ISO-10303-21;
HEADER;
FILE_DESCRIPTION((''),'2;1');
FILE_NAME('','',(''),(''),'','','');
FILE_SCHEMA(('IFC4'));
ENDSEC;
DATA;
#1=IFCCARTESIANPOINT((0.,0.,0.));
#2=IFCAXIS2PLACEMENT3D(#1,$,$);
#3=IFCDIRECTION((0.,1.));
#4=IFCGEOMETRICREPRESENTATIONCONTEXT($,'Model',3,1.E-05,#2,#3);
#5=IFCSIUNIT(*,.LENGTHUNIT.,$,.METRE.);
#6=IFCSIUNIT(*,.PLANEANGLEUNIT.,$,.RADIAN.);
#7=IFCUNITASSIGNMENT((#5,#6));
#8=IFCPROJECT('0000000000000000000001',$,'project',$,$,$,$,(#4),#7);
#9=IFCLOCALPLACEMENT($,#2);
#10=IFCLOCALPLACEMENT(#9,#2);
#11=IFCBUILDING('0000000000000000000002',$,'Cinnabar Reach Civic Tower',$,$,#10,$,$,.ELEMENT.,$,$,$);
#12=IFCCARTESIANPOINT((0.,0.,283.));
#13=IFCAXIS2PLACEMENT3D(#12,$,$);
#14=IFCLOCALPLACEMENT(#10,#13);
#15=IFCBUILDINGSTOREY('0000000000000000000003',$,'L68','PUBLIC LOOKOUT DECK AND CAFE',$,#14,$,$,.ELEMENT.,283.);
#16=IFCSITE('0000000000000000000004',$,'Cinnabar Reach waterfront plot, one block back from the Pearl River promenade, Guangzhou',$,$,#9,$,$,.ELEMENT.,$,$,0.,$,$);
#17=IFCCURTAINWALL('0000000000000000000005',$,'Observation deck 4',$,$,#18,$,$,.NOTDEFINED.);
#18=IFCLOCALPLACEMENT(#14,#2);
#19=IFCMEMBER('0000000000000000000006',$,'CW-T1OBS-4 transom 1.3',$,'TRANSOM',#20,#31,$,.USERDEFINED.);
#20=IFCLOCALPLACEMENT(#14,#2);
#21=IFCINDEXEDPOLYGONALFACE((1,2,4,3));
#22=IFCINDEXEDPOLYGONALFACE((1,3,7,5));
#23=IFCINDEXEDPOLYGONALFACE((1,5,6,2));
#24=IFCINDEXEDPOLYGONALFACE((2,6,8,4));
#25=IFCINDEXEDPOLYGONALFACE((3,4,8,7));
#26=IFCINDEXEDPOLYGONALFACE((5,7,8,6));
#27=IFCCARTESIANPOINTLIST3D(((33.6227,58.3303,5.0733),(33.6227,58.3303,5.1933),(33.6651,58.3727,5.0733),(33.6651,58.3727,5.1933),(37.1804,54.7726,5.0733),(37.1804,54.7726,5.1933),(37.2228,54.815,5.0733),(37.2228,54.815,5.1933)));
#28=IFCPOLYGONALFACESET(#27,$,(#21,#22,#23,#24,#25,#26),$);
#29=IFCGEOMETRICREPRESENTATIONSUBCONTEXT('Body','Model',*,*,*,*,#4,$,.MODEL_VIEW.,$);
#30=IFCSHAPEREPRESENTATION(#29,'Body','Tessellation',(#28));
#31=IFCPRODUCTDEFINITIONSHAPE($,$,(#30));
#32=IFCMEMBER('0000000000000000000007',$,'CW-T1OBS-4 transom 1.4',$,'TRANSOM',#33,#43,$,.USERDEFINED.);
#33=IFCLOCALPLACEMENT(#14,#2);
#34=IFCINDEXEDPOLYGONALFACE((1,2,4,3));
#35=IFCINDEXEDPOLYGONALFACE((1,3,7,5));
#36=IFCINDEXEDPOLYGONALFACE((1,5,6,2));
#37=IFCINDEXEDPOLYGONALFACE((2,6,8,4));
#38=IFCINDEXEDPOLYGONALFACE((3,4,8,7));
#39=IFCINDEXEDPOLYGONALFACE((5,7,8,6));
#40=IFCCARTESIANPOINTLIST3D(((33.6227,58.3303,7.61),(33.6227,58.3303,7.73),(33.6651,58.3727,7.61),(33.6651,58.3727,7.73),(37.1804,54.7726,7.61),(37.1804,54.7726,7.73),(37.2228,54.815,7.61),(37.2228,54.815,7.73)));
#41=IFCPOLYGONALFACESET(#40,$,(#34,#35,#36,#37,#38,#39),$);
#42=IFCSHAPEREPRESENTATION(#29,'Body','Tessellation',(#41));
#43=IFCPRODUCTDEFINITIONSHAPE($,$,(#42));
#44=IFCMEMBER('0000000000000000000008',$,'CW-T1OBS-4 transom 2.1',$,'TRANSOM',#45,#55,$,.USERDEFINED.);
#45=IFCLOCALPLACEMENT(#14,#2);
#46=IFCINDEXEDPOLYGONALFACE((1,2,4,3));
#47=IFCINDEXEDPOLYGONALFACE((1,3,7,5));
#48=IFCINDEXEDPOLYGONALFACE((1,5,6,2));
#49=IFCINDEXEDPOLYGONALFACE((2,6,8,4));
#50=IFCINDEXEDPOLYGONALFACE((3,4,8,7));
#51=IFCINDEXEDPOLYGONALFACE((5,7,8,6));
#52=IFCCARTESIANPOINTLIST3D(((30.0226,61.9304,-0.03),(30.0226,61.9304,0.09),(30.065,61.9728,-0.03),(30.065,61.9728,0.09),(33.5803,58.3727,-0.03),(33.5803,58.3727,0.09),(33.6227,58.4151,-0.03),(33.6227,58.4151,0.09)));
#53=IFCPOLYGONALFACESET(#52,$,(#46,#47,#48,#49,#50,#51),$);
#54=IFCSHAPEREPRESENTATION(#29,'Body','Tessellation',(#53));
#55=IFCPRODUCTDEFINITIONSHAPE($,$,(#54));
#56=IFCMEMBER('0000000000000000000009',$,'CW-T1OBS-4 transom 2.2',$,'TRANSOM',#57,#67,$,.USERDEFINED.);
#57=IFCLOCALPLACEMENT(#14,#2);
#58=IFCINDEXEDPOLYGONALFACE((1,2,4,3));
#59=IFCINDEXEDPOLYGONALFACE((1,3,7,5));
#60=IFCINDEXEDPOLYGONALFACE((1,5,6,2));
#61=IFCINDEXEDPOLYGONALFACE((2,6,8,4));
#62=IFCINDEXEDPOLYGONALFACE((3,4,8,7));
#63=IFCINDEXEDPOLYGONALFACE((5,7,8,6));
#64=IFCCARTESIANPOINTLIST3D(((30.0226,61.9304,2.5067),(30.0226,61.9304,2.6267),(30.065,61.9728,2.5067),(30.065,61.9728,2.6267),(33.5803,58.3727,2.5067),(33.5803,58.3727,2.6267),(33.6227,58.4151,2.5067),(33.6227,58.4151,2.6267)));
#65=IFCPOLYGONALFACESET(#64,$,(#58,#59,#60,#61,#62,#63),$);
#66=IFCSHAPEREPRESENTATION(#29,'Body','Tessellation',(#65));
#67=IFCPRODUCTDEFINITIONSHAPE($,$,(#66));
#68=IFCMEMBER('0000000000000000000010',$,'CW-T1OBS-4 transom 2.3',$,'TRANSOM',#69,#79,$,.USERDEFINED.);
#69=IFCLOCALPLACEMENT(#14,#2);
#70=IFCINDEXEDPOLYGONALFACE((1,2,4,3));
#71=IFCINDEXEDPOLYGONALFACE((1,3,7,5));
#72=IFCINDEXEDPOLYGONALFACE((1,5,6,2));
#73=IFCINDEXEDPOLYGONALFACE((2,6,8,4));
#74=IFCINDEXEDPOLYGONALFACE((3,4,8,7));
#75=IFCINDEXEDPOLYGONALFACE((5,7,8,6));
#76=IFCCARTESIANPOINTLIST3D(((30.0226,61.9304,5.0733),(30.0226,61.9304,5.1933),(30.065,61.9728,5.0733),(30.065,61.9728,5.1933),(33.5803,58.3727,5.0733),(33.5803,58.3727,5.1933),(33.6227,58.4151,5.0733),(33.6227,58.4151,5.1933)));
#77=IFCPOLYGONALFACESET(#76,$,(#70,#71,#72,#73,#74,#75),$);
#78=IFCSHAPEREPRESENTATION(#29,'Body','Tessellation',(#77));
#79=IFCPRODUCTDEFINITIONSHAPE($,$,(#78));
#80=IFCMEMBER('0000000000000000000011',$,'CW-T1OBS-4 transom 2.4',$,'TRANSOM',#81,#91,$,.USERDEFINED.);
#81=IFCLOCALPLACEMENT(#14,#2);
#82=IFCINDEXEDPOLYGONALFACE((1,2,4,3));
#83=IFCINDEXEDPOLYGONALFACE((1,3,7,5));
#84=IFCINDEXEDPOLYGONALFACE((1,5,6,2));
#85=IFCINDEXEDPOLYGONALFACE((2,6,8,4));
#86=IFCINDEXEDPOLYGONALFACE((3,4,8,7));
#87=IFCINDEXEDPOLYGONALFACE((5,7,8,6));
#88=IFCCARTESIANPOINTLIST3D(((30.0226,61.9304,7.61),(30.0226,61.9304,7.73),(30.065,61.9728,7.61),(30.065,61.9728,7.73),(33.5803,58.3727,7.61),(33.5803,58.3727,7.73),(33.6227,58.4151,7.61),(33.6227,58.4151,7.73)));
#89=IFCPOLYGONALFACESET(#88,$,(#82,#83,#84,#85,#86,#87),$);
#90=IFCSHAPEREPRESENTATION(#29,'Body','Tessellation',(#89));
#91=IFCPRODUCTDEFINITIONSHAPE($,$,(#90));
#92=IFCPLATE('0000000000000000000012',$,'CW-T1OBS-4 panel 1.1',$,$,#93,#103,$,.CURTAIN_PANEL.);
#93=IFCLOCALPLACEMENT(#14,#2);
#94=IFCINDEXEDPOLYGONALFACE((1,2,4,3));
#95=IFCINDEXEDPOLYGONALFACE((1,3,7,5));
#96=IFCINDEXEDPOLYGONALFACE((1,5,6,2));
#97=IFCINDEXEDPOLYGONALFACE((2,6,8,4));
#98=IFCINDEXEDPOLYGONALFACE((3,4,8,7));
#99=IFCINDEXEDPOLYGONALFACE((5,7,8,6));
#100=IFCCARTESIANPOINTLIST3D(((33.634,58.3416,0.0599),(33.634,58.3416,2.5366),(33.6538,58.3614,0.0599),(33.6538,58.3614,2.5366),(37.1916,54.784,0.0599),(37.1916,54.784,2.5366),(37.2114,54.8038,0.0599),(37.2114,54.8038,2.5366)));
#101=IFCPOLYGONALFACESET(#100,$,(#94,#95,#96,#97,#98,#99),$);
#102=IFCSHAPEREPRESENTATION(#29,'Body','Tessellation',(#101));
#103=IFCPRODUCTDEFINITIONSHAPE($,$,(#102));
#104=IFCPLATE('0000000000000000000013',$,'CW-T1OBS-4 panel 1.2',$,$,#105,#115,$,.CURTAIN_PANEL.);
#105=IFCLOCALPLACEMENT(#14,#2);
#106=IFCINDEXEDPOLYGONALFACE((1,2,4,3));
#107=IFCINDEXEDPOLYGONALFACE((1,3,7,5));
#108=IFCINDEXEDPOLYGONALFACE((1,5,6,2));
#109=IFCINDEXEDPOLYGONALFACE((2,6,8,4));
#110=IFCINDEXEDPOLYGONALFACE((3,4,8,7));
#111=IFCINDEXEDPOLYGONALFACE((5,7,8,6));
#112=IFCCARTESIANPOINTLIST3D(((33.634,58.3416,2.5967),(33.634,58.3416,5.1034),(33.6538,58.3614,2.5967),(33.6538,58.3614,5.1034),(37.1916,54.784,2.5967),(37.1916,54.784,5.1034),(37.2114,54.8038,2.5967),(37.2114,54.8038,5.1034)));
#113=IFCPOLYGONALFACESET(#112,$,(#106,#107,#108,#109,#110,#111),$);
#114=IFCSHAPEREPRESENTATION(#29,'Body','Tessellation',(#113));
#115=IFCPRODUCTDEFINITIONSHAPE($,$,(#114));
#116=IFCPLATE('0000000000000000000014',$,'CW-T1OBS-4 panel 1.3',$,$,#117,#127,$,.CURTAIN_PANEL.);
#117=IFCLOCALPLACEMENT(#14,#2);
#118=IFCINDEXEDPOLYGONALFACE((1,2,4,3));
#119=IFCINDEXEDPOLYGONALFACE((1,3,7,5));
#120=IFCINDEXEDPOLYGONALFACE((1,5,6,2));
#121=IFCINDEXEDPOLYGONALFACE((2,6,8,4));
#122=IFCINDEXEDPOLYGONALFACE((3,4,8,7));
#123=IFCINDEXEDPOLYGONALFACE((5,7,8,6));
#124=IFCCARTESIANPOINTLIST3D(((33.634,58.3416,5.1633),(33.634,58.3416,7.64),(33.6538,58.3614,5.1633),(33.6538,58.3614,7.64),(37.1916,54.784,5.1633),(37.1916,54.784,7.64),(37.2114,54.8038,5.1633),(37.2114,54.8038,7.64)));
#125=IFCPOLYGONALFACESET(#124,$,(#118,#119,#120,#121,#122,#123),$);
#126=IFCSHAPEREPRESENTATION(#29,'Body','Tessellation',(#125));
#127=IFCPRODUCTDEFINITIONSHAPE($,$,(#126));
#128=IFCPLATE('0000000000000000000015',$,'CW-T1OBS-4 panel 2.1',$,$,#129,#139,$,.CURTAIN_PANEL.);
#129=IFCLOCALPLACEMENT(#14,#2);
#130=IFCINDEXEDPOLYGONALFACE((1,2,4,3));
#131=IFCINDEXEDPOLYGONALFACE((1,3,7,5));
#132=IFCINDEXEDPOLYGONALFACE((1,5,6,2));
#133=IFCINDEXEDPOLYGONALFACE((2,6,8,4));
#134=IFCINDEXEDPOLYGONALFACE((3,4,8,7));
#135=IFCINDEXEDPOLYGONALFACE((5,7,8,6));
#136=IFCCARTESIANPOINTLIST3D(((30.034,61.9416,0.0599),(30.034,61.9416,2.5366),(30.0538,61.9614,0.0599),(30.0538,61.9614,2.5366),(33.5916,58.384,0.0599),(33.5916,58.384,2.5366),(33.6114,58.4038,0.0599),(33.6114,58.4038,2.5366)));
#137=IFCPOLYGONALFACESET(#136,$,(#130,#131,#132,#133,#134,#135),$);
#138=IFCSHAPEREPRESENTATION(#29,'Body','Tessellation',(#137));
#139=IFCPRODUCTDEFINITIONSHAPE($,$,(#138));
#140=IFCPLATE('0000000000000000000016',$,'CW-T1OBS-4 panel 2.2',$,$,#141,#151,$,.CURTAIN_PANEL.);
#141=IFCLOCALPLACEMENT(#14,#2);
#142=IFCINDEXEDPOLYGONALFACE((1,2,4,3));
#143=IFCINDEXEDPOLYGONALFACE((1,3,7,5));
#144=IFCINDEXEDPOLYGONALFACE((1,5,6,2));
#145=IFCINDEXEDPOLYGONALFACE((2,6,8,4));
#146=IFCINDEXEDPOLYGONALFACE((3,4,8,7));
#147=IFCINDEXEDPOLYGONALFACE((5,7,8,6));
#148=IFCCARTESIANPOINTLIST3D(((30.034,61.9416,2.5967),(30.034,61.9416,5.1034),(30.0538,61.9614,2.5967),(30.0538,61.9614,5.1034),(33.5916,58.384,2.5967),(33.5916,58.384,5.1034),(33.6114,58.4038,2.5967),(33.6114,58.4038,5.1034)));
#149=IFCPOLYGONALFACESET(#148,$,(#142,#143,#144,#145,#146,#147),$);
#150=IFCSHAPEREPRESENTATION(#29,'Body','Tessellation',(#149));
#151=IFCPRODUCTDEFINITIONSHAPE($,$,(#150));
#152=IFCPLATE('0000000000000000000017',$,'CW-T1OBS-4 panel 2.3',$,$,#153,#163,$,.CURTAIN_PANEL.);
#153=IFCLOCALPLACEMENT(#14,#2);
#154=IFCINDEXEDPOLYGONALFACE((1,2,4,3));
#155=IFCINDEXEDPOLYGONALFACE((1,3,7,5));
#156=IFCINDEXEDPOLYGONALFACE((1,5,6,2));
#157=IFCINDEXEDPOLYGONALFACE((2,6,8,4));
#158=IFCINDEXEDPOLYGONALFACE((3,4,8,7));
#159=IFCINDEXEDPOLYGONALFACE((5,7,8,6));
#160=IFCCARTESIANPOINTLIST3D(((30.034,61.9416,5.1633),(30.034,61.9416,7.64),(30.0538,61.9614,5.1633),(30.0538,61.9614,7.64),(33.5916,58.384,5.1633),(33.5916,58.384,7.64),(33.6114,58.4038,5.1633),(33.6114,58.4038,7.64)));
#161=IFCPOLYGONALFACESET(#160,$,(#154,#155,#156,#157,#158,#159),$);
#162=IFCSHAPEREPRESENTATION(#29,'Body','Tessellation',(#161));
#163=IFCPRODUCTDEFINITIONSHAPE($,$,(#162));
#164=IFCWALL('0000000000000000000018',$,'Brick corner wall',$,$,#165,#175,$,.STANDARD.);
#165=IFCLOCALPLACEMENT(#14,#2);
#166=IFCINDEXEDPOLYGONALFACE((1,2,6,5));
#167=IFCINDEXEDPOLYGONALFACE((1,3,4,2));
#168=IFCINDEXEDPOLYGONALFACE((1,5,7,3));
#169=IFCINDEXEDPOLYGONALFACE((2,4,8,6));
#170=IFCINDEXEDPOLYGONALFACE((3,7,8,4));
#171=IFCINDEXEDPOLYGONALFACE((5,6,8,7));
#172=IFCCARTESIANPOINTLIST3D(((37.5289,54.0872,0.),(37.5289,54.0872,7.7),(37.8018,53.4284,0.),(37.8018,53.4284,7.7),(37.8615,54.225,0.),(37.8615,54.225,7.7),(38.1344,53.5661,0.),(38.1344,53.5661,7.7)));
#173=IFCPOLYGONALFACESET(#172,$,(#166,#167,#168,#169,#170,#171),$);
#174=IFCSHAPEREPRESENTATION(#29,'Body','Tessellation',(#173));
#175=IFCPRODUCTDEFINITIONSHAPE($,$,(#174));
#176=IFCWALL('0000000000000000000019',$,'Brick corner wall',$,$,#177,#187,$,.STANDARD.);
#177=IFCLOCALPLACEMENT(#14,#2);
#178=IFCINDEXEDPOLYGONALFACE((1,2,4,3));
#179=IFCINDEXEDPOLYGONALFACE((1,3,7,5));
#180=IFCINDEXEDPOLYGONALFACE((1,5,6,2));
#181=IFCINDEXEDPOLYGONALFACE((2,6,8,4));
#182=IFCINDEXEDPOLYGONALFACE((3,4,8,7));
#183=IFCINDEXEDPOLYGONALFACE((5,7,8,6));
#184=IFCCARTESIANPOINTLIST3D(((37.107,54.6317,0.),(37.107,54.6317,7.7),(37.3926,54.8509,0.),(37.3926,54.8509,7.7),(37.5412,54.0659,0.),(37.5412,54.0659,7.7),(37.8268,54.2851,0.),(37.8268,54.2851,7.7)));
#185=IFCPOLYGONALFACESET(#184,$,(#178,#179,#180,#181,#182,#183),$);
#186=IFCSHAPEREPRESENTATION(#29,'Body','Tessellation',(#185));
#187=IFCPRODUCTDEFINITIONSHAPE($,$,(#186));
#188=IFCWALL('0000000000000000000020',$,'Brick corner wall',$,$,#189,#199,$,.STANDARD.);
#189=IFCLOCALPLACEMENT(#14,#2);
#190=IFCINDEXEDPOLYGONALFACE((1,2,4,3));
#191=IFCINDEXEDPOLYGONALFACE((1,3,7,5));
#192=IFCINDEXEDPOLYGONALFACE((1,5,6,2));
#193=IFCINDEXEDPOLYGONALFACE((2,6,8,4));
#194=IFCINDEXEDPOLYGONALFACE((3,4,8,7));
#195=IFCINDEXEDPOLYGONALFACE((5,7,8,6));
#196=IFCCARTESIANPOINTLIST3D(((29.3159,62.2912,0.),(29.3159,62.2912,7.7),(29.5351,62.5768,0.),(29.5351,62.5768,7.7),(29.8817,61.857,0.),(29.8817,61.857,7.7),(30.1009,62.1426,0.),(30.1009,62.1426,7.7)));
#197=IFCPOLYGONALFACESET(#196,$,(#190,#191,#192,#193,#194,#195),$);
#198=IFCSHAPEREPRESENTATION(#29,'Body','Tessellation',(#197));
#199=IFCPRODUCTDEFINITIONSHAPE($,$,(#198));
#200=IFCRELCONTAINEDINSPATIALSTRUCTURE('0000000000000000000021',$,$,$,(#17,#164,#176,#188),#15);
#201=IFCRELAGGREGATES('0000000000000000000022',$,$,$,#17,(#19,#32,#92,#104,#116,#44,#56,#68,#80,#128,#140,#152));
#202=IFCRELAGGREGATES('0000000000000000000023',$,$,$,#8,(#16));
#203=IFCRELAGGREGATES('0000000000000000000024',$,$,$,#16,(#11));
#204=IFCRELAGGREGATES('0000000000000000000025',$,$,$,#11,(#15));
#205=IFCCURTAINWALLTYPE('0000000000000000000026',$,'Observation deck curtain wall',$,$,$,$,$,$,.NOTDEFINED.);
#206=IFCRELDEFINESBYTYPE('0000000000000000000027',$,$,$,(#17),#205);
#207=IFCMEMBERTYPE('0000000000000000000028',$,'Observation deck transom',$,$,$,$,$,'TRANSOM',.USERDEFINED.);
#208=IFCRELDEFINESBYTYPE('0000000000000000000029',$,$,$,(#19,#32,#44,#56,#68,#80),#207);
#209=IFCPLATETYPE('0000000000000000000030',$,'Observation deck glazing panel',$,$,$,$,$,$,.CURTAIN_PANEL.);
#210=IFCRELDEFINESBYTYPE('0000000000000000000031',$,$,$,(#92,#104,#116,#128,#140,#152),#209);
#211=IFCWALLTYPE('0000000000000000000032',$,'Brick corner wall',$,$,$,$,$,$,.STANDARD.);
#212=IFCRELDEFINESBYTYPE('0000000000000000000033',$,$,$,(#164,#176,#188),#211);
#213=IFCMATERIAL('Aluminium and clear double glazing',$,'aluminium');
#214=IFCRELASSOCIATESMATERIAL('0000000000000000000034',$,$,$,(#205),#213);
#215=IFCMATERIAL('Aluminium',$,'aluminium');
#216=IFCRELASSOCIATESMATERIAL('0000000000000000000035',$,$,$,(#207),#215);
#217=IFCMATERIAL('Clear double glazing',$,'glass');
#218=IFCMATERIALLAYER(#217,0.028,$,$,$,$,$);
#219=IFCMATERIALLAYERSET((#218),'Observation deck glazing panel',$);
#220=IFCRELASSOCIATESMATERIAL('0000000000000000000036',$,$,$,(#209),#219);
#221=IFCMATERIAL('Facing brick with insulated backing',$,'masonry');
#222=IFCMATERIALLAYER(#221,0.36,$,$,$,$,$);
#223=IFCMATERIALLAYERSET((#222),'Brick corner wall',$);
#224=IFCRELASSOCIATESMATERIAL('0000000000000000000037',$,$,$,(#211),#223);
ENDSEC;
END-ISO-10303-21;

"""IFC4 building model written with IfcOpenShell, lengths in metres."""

from ifc_helpers import new_model, si_unit, direction, frame, frame_2d, origin, origin_2d, place, context, subcontext, project, spatial, rectangle, extrude, material, layer, layer_set, material_profile, profile_set, type_object, element, aggregate, save


model = new_model("IFC4")

# Units and contexts
model_context = context("Model", 3, precision=1e-05, world=origin(), true_north=direction((0.0, 1.0)))
body_context = subcontext(model_context, "Body", "Model", "MODEL_VIEW")
ifc_project = project(units=[si_unit("LENGTHUNIT", "METRE"), si_unit("PLANEANGLEUNIT", "RADIAN")], contexts=[model_context])

# Site, building, storey
site_placement = place(None, origin())
site = spatial("IfcSite", under=ifc_project, at=site_placement, Name="Cinnabar Reach waterfront plot, one block back from the Pearl River promenade, Guangzhou", CompositionType="ELEMENT", RefElevation=0.0)
building_placement = place(site_placement, origin())
building = spatial("IfcBuilding", under=site, at=building_placement, Name="Cinnabar Reach Civic Tower", CompositionType="ELEMENT")
storey_placement = place(building_placement, frame((0.0, 0.0, 283.0)))
storey = spatial("IfcBuildingStorey", under=building, at=storey_placement, Name="L68", Description="PUBLIC LOOKOUT DECK AND CAFE", CompositionType="ELEMENT", Elevation=283.0)

# Curtain wall, members, plates
ifc_material_1 = material(Name="Aluminium and clear double glazing", Category="aluminium")
curtain_wall_type = type_object("IfcCurtainWallType", Name="Observation deck curtain wall", PredefinedType="NOTDEFINED", material=ifc_material_1)
curtain_wall_placement = place(storey_placement, origin())
curtain_wall = element("IfcCurtainWall", 1, at=curtain_wall_placement, inside=storey, type_object=curtain_wall_type, Name="Observation deck 4", PredefinedType="NOTDEFINED")
ifc_material_2 = material(Name="Aluminium", Category="aluminium")
ifc_material_profile_1 = material_profile(ifc_material_2, rectangle(XDim=0.06, YDim=0.12, at=origin_2d()), Name="Observation deck transom")
ifc_profile_set_1 = profile_set([ifc_material_profile_1], Name="Aluminium")
member_type_1 = type_object("IfcMemberType", Name="Observation deck transom", ElementType="TRANSOM", PredefinedType="USERDEFINED", material=ifc_profile_set_1)
member_1_placement = place(storey_placement, frame((37.2016, 54.7938, 5.1333), z_axis=(-0.707107, 0.707107, 0.0), x_axis=(-0.707107, -0.707107, 0.0)))
member_1 = element("IfcMember", 2, at=member_1_placement, type_object=member_type_1, Name="CW-T1OBS-4 transom 1.3", ObjectType="TRANSOM", PredefinedType="USERDEFINED", context=body_context, shape_type="SweptSolid", body=[
    extrude(rectangle(XDim=0.06, YDim=0.12, at=origin_2d()), origin(), (0.0, 0.0, 1.0), 5.0313),
])
member_2_placement = place(storey_placement, frame((37.2016, 54.7938, 7.67), z_axis=(-0.707107, 0.707107, 0.0), x_axis=(-0.707107, -0.707107, 0.0)))
member_2 = element("IfcMember", 3, at=member_2_placement, type_object=member_type_1, Name="CW-T1OBS-4 transom 1.4", ObjectType="TRANSOM", PredefinedType="USERDEFINED", context=body_context, shape_type="SweptSolid", body=[
    extrude(rectangle(XDim=0.06, YDim=0.12, at=origin_2d()), origin(), (0.0, 0.0, 1.0), 5.0313),
])
member_3_placement = place(storey_placement, frame((33.6015, 58.3939, 0.03), z_axis=(-0.707107, 0.707107, 0.0), x_axis=(-0.707107, -0.707107, 0.0)))
member_3 = element("IfcMember", 4, at=member_3_placement, type_object=member_type_1, Name="CW-T1OBS-4 transom 2.1", ObjectType="TRANSOM", PredefinedType="USERDEFINED", context=body_context, shape_type="SweptSolid", body=[
    extrude(rectangle(XDim=0.06, YDim=0.12, at=origin_2d()), origin(), (0.0, 0.0, 1.0), 5.0313),
])
member_4_placement = place(storey_placement, frame((33.6015, 58.3939, 2.5667), z_axis=(-0.707107, 0.707107, 0.0), x_axis=(-0.707107, -0.707107, 0.0)))
member_4 = element("IfcMember", 5, at=member_4_placement, type_object=member_type_1, Name="CW-T1OBS-4 transom 2.2", ObjectType="TRANSOM", PredefinedType="USERDEFINED", context=body_context, shape_type="SweptSolid", body=[
    extrude(rectangle(XDim=0.06, YDim=0.12, at=origin_2d()), origin(), (0.0, 0.0, 1.0), 5.0313),
])
member_5_placement = place(storey_placement, frame((33.6015, 58.3939, 5.1333), z_axis=(-0.707107, 0.707107, 0.0), x_axis=(-0.707107, -0.707107, 0.0)))
member_5 = element("IfcMember", 6, at=member_5_placement, type_object=member_type_1, Name="CW-T1OBS-4 transom 2.3", ObjectType="TRANSOM", PredefinedType="USERDEFINED", context=body_context, shape_type="SweptSolid", body=[
    extrude(rectangle(XDim=0.06, YDim=0.12, at=origin_2d()), origin(), (0.0, 0.0, 1.0), 5.0313),
])
member_6_placement = place(storey_placement, frame((33.6015, 58.3939, 7.67), z_axis=(-0.707107, 0.707107, 0.0), x_axis=(-0.707107, -0.707107, 0.0)))
member_6 = element("IfcMember", 7, at=member_6_placement, type_object=member_type_1, Name="CW-T1OBS-4 transom 2.4", ObjectType="TRANSOM", PredefinedType="USERDEFINED", context=body_context, shape_type="SweptSolid", body=[
    extrude(rectangle(XDim=0.06, YDim=0.12, at=origin_2d()), origin(), (0.0, 0.0, 1.0), 5.0313),
])
ifc_material_3 = material(Name="Clear double glazing", Category="glass")
ifc_layer_1 = layer(ifc_material_3, 0.028)
ifc_layer_set_1 = layer_set([ifc_layer_1], Name="Observation deck glazing panel")
plate_type = type_object("IfcPlateType", Name="Observation deck glazing panel", PredefinedType="CURTAIN_PANEL", material=ifc_layer_set_1)
plate_1_placement = place(storey_placement, frame((35.4227, 56.5727, 0.0599), z_axis=(0.0, 0.0, 1.0), x_axis=(-0.707107, 0.707107, 0.0)))
plate_1 = element("IfcPlate", 8, at=plate_1_placement, type_object=plate_type, Name="CW-T1OBS-4 panel 1.1", PredefinedType="CURTAIN_PANEL", context=body_context, shape_type="SweptSolid", body=[
    extrude(rectangle(XDim=5.0313, YDim=0.028, at=origin_2d()), origin(), (0.0, 0.0, 1.0), 2.4767),
])
plate_2_placement = place(storey_placement, frame((35.4227, 56.5727, 2.5967), z_axis=(0.0, 0.0, 1.0), x_axis=(-0.707107, 0.707107, 0.0)))
plate_2 = element("IfcPlate", 9, at=plate_2_placement, type_object=plate_type, Name="CW-T1OBS-4 panel 1.2", PredefinedType="CURTAIN_PANEL", context=body_context, shape_type="SweptSolid", body=[
    extrude(rectangle(XDim=5.0313, YDim=0.028, at=origin_2d()), origin(), (0.0, 0.0, 1.0), 2.5067),
])
plate_3_placement = place(storey_placement, frame((35.4227, 56.5727, 5.1633), z_axis=(0.0, 0.0, 1.0), x_axis=(-0.707107, 0.707107, 0.0)))
plate_3 = element("IfcPlate", 10, at=plate_3_placement, type_object=plate_type, Name="CW-T1OBS-4 panel 1.3", PredefinedType="CURTAIN_PANEL", context=body_context, shape_type="SweptSolid", body=[
    extrude(rectangle(XDim=5.0313, YDim=0.028, at=origin_2d()), origin(), (0.0, 0.0, 1.0), 2.4767),
])
plate_4_placement = place(storey_placement, frame((31.8227, 60.1727, 0.0599), z_axis=(0.0, 0.0, 1.0), x_axis=(-0.707107, 0.707107, 0.0)))
plate_4 = element("IfcPlate", 11, at=plate_4_placement, type_object=plate_type, Name="CW-T1OBS-4 panel 2.1", PredefinedType="CURTAIN_PANEL", context=body_context, shape_type="SweptSolid", body=[
    extrude(rectangle(XDim=5.0313, YDim=0.028, at=origin_2d()), origin(), (0.0, 0.0, 1.0), 2.4767),
])
plate_5_placement = place(storey_placement, frame((31.8227, 60.1727, 2.5967), z_axis=(0.0, 0.0, 1.0), x_axis=(-0.707107, 0.707107, 0.0)))
plate_5 = element("IfcPlate", 12, at=plate_5_placement, type_object=plate_type, Name="CW-T1OBS-4 panel 2.2", PredefinedType="CURTAIN_PANEL", context=body_context, shape_type="SweptSolid", body=[
    extrude(rectangle(XDim=5.0313, YDim=0.028, at=origin_2d()), origin(), (0.0, 0.0, 1.0), 2.5067),
])
plate_6_placement = place(storey_placement, frame((31.8227, 60.1727, 5.1633), z_axis=(0.0, 0.0, 1.0), x_axis=(-0.707107, 0.707107, 0.0)))
plate_6 = element("IfcPlate", 13, at=plate_6_placement, type_object=plate_type, Name="CW-T1OBS-4 panel 2.3", PredefinedType="CURTAIN_PANEL", context=body_context, shape_type="SweptSolid", body=[
    extrude(rectangle(XDim=5.0313, YDim=0.028, at=origin_2d()), origin(), (0.0, 0.0, 1.0), 2.4767),
])
aggregate(curtain_wall, [member_1, member_2, plate_1, plate_2, plate_3, member_3, member_4, member_5, member_6, plate_4, plate_5, plate_6])

# Walls
ifc_material_4 = material(Name="Facing brick with insulated backing", Category="masonry")
ifc_layer_2 = layer(ifc_material_4, 0.36)
ifc_layer_set_2 = layer_set([ifc_layer_2], Name="Brick corner wall")
wall_type = type_object("IfcWallType", Name="Brick corner wall", PredefinedType="STANDARD", material=ifc_layer_set_2)
wall_1_placement = place(storey_placement, frame((37.9681, 53.4973, 0.0), z_axis=(0.0, 0.0, 1.0), x_axis=(-0.382703, 0.923872, 0.0)))
element("IfcWall", 14, at=wall_1_placement, inside=storey, type_object=wall_type, Name="Brick corner wall", PredefinedType="STANDARD", context=body_context, shape_type="SweptSolid", body=[
    extrude(rectangle(XDim=0.7131, YDim=0.36, at=frame_2d((0.3565, 0.0))), origin(), (0.0, 0.0, 1.0), 7.7),
])
for number, where, z_axis, x_axis, name in (
    (15, (37.684, 54.1755, 0.0), (0.0, 0.0, 1.0), (-0.608802, 0.793322, 0.0), "Brick corner wall"),
    (16, (29.9913, 61.9998, 0.0), (0.0, 0.0, 1.0), (-0.793322, 0.608802, 0.0), "Brick corner wall"),
):
    element("IfcWall", number, at=place(storey_placement, frame(where, z_axis=z_axis, x_axis=x_axis)), inside=storey, type_object=wall_type, Name=name, PredefinedType="STANDARD", context=body_context, shape_type="SweptSolid", body=[
        extrude(rectangle(XDim=0.7132, YDim=0.36, at=frame_2d((0.3566, 0.0))), origin(), (0.0, 0.0, 1.0), 7.7),
    ])

save(model, "model.ifc")
